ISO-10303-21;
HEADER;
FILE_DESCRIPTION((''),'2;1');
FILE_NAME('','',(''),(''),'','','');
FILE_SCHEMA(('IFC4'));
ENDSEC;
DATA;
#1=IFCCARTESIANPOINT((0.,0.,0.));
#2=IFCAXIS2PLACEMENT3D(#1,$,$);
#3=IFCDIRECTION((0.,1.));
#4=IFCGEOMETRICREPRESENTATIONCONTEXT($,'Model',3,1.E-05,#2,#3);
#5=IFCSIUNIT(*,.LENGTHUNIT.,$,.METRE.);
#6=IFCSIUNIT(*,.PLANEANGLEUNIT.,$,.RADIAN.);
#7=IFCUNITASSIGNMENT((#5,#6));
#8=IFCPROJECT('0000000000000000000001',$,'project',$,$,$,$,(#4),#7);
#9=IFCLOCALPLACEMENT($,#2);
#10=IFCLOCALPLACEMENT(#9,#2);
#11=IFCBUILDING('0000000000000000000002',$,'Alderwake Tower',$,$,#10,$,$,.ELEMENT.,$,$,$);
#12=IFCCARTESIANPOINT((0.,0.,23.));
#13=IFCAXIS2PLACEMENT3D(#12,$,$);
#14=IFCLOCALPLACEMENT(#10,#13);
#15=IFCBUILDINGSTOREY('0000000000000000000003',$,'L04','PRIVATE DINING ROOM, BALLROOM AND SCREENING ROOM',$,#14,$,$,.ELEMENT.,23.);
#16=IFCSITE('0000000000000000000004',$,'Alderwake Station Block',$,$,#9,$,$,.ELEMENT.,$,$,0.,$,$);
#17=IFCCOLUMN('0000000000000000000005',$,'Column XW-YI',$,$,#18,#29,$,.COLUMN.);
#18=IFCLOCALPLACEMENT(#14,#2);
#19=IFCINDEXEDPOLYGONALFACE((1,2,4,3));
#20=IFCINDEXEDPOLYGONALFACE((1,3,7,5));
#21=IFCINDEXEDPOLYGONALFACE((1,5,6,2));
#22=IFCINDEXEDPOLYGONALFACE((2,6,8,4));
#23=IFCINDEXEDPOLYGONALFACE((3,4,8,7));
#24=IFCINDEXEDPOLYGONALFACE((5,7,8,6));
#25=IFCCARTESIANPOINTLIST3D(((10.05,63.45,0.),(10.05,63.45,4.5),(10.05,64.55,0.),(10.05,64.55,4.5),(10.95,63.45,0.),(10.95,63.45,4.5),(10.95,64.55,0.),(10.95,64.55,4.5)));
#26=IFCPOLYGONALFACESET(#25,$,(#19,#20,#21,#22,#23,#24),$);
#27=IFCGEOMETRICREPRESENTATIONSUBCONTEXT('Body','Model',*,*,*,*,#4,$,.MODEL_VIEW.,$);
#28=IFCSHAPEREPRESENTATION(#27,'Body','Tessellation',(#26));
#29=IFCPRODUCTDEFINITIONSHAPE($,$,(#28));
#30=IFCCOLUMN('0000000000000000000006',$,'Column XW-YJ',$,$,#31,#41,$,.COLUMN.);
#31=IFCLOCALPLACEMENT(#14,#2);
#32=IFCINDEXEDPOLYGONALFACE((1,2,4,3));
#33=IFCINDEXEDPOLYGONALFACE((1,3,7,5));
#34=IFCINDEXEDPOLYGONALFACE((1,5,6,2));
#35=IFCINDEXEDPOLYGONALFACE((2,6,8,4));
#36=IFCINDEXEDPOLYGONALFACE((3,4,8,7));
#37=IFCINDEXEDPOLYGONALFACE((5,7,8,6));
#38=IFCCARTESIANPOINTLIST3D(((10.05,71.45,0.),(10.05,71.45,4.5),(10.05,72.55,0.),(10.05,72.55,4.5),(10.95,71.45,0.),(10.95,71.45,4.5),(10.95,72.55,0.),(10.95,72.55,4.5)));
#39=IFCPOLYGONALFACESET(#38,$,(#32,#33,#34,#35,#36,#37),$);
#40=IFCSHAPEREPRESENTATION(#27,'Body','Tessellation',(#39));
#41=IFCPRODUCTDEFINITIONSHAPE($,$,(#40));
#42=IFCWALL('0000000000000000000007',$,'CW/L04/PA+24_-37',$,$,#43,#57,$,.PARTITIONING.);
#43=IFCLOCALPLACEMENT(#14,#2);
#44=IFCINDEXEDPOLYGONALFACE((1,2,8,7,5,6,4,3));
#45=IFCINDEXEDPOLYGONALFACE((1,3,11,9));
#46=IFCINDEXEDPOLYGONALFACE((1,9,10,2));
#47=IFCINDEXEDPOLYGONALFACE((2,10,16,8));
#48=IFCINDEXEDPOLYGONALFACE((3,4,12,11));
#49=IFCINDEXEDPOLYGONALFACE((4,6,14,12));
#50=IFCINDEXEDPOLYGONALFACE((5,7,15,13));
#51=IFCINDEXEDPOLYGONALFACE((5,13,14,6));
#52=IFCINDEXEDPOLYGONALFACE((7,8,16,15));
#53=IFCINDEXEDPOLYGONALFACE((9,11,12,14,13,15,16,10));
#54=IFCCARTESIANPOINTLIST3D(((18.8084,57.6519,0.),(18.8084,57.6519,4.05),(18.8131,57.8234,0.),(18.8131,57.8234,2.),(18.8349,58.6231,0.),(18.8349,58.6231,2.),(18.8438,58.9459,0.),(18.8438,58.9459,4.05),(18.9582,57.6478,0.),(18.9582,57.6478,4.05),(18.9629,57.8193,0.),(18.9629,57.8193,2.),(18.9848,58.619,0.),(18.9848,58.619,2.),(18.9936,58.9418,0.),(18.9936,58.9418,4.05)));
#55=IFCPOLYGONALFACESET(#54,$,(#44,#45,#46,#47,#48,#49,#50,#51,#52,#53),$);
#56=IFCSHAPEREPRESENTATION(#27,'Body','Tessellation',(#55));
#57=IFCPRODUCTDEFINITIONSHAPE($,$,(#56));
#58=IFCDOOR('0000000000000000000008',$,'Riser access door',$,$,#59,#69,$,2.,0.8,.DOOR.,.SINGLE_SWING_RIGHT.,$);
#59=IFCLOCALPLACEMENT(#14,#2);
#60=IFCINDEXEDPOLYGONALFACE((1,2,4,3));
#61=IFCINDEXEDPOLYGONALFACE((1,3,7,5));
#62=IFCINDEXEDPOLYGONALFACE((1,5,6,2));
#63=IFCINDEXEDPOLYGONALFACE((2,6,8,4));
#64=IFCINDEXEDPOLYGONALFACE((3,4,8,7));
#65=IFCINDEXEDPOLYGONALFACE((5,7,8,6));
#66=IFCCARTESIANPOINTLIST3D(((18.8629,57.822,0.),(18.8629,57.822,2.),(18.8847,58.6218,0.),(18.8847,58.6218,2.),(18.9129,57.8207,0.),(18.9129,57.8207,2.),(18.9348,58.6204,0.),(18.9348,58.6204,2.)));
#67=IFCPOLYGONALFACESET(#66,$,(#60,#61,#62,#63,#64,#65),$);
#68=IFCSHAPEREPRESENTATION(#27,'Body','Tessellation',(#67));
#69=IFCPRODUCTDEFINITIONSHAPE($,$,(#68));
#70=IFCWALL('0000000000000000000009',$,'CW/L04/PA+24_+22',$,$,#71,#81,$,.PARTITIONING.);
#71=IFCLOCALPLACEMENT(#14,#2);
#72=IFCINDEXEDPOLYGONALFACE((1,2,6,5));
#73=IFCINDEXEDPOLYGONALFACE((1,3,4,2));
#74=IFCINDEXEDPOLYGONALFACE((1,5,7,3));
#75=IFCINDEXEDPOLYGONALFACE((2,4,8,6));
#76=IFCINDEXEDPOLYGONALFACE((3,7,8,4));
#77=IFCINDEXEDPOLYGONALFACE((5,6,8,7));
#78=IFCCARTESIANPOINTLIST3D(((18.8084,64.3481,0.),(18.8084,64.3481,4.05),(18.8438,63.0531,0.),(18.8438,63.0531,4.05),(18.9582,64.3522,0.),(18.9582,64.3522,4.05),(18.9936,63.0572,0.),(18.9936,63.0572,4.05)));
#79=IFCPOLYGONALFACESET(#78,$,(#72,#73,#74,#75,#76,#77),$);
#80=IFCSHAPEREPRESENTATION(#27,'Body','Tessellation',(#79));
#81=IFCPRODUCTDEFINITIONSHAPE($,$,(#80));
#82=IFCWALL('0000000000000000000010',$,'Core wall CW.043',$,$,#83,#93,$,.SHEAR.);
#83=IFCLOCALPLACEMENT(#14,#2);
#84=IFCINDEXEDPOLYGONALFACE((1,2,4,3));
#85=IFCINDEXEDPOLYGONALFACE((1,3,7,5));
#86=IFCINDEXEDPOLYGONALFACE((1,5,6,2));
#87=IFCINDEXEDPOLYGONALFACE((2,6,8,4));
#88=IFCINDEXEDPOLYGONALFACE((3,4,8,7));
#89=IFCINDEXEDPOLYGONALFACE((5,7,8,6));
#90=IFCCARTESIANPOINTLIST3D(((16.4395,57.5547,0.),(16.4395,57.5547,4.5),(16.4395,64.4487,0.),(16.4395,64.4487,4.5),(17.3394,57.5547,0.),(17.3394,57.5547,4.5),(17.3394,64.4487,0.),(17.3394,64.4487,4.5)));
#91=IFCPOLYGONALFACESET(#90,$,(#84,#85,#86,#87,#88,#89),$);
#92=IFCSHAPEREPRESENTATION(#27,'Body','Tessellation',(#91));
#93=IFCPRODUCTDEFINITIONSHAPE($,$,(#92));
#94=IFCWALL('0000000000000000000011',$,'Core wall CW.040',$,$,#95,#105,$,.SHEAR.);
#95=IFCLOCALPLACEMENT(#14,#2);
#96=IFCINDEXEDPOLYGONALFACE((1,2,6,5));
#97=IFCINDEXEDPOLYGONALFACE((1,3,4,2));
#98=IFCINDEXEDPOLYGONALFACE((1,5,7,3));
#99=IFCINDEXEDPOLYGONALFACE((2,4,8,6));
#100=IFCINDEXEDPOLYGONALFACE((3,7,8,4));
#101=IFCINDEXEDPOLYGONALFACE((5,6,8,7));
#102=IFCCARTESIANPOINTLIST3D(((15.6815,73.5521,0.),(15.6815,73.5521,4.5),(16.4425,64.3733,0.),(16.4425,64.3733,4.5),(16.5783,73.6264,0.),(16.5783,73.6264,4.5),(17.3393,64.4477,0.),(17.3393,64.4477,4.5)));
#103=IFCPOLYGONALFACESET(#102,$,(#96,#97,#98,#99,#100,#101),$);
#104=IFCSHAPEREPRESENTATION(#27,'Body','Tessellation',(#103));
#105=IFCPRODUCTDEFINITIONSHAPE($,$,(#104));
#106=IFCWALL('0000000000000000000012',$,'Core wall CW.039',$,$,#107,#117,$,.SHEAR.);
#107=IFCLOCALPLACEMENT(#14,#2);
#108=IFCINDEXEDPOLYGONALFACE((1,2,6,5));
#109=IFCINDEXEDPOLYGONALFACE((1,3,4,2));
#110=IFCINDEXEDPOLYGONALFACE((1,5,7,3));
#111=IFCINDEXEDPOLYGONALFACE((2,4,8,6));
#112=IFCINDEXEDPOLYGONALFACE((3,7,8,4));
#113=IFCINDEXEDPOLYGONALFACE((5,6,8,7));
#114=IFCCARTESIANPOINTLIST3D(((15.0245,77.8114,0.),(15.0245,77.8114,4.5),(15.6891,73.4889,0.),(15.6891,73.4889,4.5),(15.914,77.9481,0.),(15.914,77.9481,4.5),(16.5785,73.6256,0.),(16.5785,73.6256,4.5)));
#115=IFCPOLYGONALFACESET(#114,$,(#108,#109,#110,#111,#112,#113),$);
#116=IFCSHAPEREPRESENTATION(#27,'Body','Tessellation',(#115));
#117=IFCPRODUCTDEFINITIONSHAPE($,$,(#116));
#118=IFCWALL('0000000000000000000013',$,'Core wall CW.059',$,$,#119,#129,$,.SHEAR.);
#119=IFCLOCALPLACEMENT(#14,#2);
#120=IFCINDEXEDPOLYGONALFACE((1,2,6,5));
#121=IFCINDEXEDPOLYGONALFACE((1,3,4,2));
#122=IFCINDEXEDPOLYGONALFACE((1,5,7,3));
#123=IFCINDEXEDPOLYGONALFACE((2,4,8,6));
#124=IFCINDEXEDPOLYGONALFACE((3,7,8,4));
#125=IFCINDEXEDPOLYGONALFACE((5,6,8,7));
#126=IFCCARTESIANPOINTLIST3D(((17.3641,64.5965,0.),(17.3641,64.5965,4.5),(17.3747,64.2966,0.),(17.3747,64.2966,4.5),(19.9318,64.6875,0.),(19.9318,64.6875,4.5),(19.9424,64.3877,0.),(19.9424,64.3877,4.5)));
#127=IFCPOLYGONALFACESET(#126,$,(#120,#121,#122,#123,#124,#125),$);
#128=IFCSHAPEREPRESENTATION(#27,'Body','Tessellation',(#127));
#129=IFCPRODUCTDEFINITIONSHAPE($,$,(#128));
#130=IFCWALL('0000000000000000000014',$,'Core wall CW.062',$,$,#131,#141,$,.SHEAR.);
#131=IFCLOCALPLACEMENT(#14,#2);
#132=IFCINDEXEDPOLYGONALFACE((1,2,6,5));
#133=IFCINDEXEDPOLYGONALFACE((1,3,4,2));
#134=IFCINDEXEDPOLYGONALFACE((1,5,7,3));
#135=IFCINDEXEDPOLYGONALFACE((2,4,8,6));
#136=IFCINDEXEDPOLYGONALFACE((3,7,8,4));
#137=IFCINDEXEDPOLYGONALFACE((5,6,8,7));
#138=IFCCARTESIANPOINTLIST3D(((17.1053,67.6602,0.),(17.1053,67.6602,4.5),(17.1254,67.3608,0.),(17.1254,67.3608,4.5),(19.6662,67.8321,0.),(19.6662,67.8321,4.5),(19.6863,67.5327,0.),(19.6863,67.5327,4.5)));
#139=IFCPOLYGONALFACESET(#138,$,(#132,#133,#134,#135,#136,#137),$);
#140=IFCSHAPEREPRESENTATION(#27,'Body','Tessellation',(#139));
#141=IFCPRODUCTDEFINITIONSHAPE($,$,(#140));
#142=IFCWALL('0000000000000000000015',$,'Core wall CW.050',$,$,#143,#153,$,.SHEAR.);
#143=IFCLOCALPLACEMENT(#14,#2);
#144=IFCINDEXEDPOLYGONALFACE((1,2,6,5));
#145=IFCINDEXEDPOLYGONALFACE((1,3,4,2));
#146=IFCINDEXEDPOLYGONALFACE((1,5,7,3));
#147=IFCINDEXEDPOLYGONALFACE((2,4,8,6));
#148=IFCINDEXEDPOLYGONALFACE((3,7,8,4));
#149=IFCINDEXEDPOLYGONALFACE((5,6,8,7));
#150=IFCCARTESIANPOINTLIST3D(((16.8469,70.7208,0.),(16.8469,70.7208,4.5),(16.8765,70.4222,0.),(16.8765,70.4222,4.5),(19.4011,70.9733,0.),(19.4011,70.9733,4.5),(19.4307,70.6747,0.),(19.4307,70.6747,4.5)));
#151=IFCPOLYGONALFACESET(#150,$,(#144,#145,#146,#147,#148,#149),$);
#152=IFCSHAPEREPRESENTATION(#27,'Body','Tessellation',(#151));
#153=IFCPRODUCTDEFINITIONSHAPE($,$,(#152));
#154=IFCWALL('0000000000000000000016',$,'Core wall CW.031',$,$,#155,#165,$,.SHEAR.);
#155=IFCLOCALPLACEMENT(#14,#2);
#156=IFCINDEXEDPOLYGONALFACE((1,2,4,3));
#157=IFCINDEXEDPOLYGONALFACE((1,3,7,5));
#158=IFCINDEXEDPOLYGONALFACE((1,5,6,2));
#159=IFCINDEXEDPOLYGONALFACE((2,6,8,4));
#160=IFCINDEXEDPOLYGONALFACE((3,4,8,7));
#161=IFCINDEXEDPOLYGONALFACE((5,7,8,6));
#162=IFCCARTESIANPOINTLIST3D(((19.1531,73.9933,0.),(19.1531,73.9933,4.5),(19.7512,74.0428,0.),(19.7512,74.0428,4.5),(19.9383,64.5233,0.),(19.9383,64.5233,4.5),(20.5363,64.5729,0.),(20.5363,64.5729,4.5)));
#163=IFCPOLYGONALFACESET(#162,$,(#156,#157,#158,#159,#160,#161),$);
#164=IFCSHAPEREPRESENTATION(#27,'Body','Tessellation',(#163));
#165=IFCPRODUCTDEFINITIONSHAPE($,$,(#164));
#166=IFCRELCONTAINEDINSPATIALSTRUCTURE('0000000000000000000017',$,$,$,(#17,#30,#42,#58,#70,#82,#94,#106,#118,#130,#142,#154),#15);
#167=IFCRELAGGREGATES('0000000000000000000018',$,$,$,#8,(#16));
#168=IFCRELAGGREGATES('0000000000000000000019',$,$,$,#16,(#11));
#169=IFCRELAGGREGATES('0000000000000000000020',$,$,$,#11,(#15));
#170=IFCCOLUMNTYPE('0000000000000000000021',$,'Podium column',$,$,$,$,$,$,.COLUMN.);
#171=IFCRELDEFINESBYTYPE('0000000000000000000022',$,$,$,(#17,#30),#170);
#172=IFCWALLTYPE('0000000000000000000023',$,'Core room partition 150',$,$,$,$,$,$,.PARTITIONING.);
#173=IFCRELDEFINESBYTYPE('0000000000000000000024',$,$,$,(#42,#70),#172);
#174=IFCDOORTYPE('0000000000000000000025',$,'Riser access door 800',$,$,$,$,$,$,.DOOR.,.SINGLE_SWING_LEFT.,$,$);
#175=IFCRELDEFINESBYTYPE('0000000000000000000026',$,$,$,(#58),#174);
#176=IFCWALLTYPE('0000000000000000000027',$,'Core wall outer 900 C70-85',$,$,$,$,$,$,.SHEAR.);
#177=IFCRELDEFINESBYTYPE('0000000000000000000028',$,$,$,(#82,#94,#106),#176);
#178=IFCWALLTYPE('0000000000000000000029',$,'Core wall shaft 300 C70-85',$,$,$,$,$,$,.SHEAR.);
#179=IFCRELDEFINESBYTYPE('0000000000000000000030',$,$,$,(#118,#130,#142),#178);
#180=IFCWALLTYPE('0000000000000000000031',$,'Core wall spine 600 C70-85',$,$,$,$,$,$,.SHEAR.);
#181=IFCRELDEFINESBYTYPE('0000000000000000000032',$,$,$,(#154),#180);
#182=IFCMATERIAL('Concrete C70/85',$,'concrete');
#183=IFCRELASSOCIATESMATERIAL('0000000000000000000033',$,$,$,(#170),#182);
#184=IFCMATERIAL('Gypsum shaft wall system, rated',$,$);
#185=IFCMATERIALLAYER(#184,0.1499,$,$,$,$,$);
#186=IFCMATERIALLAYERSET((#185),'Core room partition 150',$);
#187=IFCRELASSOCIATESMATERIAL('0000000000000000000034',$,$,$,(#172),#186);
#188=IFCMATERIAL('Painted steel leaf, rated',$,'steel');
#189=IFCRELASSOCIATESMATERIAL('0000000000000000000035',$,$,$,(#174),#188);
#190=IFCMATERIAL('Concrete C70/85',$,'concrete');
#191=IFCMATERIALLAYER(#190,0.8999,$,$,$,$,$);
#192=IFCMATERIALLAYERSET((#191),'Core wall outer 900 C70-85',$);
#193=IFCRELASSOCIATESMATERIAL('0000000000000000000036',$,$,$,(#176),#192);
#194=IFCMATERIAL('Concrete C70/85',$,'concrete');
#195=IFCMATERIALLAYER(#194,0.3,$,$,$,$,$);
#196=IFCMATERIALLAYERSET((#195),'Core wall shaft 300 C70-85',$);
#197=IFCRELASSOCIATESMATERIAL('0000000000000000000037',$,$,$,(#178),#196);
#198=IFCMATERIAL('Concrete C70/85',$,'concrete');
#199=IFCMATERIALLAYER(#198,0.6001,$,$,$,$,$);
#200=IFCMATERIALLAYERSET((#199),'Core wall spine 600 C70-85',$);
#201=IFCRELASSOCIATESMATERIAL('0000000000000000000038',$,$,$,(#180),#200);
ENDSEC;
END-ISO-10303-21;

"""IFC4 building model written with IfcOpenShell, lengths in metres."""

from ifc_helpers import new_model, si_unit, direction, frame, frame_2d, origin, origin_2d, place, context, subcontext, project, spatial, rectangle, extrude, material, layer, layer_set, material_profile, profile_set, type_object, element, fill, save


model = new_model("IFC4")

# Units and contexts
model_context = context("Model", 3, precision=1e-05, world=origin(), true_north=direction((0.0, 1.0)))
body_context = subcontext(model_context, "Body", "Model", "MODEL_VIEW")
ifc_project = project(units=[si_unit("LENGTHUNIT", "METRE"), si_unit("PLANEANGLEUNIT", "RADIAN")], contexts=[model_context])

# Site, building, storey
site_placement = place(None, origin())
site = spatial("IfcSite", under=ifc_project, at=site_placement, Name="Alderwake Station Block", CompositionType="ELEMENT", RefElevation=0.0)
building_placement = place(site_placement, origin())
building = spatial("IfcBuilding", under=site, at=building_placement, Name="Alderwake Tower", CompositionType="ELEMENT")
storey_placement = place(building_placement, frame((0.0, 0.0, 23.0)))
storey = spatial("IfcBuildingStorey", under=building, at=storey_placement, Name="L04", Description="PRIVATE DINING ROOM, BALLROOM AND SCREENING ROOM", CompositionType="ELEMENT", Elevation=23.0)

# Columns
ifc_material_1 = material(Name="Concrete C70/85", Category="concrete")
ifc_material_profile = material_profile(ifc_material_1, rectangle(XDim=0.8999, YDim=1.1001, at=origin_2d()), Name="RC 1100X900")
ifc_profile_set = profile_set([ifc_material_profile], Name="Concrete C70/85")
column_type = type_object("IfcColumnType", Name="Podium column", PredefinedType="COLUMN", material=ifc_profile_set)
for number, where, z_axis, x_axis, name in (
    (1, (10.5, 64.0, 0.0), (0.0, 0.0, 1.0), (1.0, 0.0, 0.0), "Column XW-YI"),
    (2, (10.5, 72.0, 0.0), (0.0, 0.0, 1.0), (1.0, 0.0, 0.0), "Column XW-YJ"),
):
    element("IfcColumn", number, at=place(storey_placement, frame(where, z_axis=z_axis, x_axis=x_axis)), inside=storey, type_object=column_type, Name=name, PredefinedType="COLUMN", context=body_context, shape_type="SweptSolid", body=[
        extrude(rectangle(XDim=0.8999, YDim=1.1001, at=origin_2d()), origin(), (0.0, 0.0, 1.0), 4.5),
    ])

# Wall, opening, door
ifc_material_2 = material(Name="Gypsum shaft wall system, rated")
ifc_layer_1 = layer(ifc_material_2, 0.1499)
ifc_layer_set_1 = layer_set([ifc_layer_1], Name="Core room partition 150")
wall_type_1 = type_object("IfcWallType", Name="Core room partition 150", PredefinedType="PARTITIONING", material=ifc_layer_set_1)
wall_1_placement = place(storey_placement, frame((18.9187, 58.9438, 0.0), z_axis=(0.0, 0.0, 1.0), x_axis=(-0.027348, -0.999626, 0.0)))
wall_1 = element("IfcWall", 3, at=wall_1_placement, inside=storey, type_object=wall_type_1, Name="CW/L04/PA+24_-37", PredefinedType="PARTITIONING", context=body_context, shape_type="SweptSolid", body=[
    extrude(rectangle(XDim=1.2944, YDim=0.1499, at=frame_2d((0.6472, 0.0))), origin(), (0.0, 0.0, 1.0), 4.05),
])
opening_1_placement = place(wall_1_placement, frame((0.323, 0.0, 0.0)))
opening_1 = element("IfcOpeningElement", 4, at=opening_1_placement, cuts=wall_1, PredefinedType="OPENING", context=body_context, shape_type="SweptSolid", body=[
    extrude(rectangle(XDim=0.8, YDim=2.0, at=frame_2d((0.3999, 1.0))), frame((0.0, 0.085, 0.0), z_axis=(0.0, -1.0, 0.0), x_axis=(1.0, 0.0, 0.0)), (0.0, 0.0, 1.0), 0.1699),
])
ifc_material_3 = material(Name="Painted steel leaf, rated", Category="steel")
door_type_1 = type_object("IfcDoorType", Name="Riser access door 800", OperationType="SINGLE_SWING_LEFT", PredefinedType="DOOR", material=ifc_material_3)
door_1_placement = place(opening_1_placement, origin())
door_1 = element("IfcDoor", 5, at=door_1_placement, inside=storey, type_object=door_type_1, Name="Riser access door", OperationType="SINGLE_SWING_RIGHT", OverallHeight=2.0, OverallWidth=0.8, PredefinedType="DOOR", context=body_context, shape_type="SweptSolid", body=[
    extrude(rectangle(XDim=0.8, YDim=2.0, at=frame_2d((0.3999, 1.0))), frame((0.0, 0.0249, 0.0), z_axis=(0.0, -1.0, 0.0), x_axis=(1.0, 0.0, 0.0)), (0.0, 0.0, 1.0), 0.05),
])
fill(opening_1, door_1)

# Walls
wall_2_placement = place(storey_placement, frame((18.9187, 63.0552, 0.0), z_axis=(0.0, 0.0, 1.0), x_axis=(-0.027328, 0.999627, 0.0)))
element("IfcWall", 6, at=wall_2_placement, inside=storey, type_object=wall_type_1, Name="CW/L04/PA+24_+22", PredefinedType="PARTITIONING", context=body_context, shape_type="SweptSolid", body=[
    extrude(rectangle(XDim=1.2954, YDim=0.1499, at=frame_2d((0.6477, 0.0))), origin(), (0.0, 0.0, 1.0), 4.05),
])
ifc_material_4 = material(Name="Concrete C70/85", Category="concrete")
ifc_layer_2 = layer(ifc_material_4, 0.8999)
ifc_layer_set_2 = layer_set([ifc_layer_2], Name="Core wall outer 900 C70-85")
wall_type_2 = type_object("IfcWallType", Name="Core wall outer 900 C70-85", PredefinedType="SHEAR", material=ifc_layer_set_2)
wall_3_placement = place(storey_placement, frame((16.8894, 57.5547, 0.0), z_axis=(0.0, 0.0, 1.0), x_axis=(0.0, 1.0, 0.0)))
element("IfcWall", 7, at=wall_3_placement, inside=storey, type_object=wall_type_2, Name="Core wall CW.043", PredefinedType="SHEAR", context=body_context, shape_type="SweptSolid", body=[
    extrude(rectangle(XDim=6.894, YDim=0.8999, at=frame_2d((3.447, 0.0))), origin(), (0.0, 0.0, 1.0), 4.5),
])
wall_4_placement = place(storey_placement, frame((16.8909, 64.4106, 0.0), z_axis=(0.0, 0.0, 1.0), x_axis=(-0.082624, 0.996581, 0.0)))
element("IfcWall", 8, at=wall_4_placement, inside=storey, type_object=wall_type_2, Name="Core wall CW.040", PredefinedType="SHEAR", context=body_context, shape_type="SweptSolid", body=[
    extrude(rectangle(XDim=9.2102, YDim=0.8999, at=frame_2d((4.605, 0.0))), origin(), (0.0, 0.0, 1.0), 4.5),
])
wall_5_placement = place(storey_placement, frame((16.1338, 73.5574, 0.0), z_axis=(0.0, 0.0, 1.0), x_axis=(-0.151957, 0.988387, 0.0)))
element("IfcWall", 9, at=wall_5_placement, inside=storey, type_object=wall_type_2, Name="Core wall CW.039", PredefinedType="SHEAR", context=body_context, shape_type="SweptSolid", body=[
    extrude(rectangle(XDim=4.3733, YDim=0.8999, at=frame_2d((2.1865, 0.0))), origin(), (0.0, 0.0, 1.0), 4.5),
])
ifc_material_5 = material(Name="Concrete C70/85", Category="concrete")
ifc_layer_3 = layer(ifc_material_5, 0.3)
ifc_layer_set_3 = layer_set([ifc_layer_3], Name="Core wall shaft 300 C70-85")
wall_type_3 = type_object("IfcWallType", Name="Core wall shaft 300 C70-85", PredefinedType="SHEAR", material=ifc_layer_set_3)
wall_6_placement = place(storey_placement, frame((17.3694, 64.4465, 0.0), z_axis=(0.0, 0.0, 1.0), x_axis=(0.999372, 0.035444, 0.0)))
element("IfcWall", 10, at=wall_6_placement, inside=storey, type_object=wall_type_3, Name="Core wall CW.059", PredefinedType="SHEAR", context=body_context, shape_type="SweptSolid", body=[
    extrude(rectangle(XDim=2.5693, YDim=0.3, at=frame_2d((1.2847, 0.0))), origin(), (0.0, 0.0, 1.0), 4.5),
])
for number, where, z_axis, x_axis, name in (
    (11, (17.1155, 67.5105, 0.0), (0.0, 0.0, 1.0), (0.997755, 0.066967, 0.0), "Core wall CW.062"),
    (12, (16.8618, 70.5715, 0.0), (0.0, 0.0, 1.0), (0.995151, 0.098355, 0.0), "Core wall CW.050"),
):
    element("IfcWall", number, at=place(storey_placement, frame(where, z_axis=z_axis, x_axis=x_axis)), inside=storey, type_object=wall_type_3, Name=name, PredefinedType="SHEAR", context=body_context, shape_type="SweptSolid", body=[
        extrude(rectangle(XDim=2.5667, YDim=0.3, at=frame_2d((1.2832, 0.0))), origin(), (0.0, 0.0, 1.0), 4.5),
    ])
ifc_material_6 = material(Name="Concrete C70/85", Category="concrete")
ifc_layer_4 = layer(ifc_material_6, 0.6001)
ifc_layer_set_4 = layer_set([ifc_layer_4], Name="Core wall spine 600 C70-85")
wall_type_4 = type_object("IfcWallType", Name="Core wall spine 600 C70-85", PredefinedType="SHEAR", material=ifc_layer_set_4)
wall_7_placement = place(storey_placement, frame((20.2373, 64.5481, 0.0), z_axis=(0.0, 0.0, 1.0), x_axis=(-0.082627, 0.996581, 0.0)))
element("IfcWall", 13, at=wall_7_placement, inside=storey, type_object=wall_type_4, Name="Core wall CW.031", PredefinedType="SHEAR", context=body_context, shape_type="SweptSolid", body=[
    extrude(rectangle(XDim=9.5024, YDim=0.6001, at=frame_2d((4.7512, 0.0))), origin(), (0.0, 0.0, 1.0), 4.5),
])

save(model, "model.ifc")
